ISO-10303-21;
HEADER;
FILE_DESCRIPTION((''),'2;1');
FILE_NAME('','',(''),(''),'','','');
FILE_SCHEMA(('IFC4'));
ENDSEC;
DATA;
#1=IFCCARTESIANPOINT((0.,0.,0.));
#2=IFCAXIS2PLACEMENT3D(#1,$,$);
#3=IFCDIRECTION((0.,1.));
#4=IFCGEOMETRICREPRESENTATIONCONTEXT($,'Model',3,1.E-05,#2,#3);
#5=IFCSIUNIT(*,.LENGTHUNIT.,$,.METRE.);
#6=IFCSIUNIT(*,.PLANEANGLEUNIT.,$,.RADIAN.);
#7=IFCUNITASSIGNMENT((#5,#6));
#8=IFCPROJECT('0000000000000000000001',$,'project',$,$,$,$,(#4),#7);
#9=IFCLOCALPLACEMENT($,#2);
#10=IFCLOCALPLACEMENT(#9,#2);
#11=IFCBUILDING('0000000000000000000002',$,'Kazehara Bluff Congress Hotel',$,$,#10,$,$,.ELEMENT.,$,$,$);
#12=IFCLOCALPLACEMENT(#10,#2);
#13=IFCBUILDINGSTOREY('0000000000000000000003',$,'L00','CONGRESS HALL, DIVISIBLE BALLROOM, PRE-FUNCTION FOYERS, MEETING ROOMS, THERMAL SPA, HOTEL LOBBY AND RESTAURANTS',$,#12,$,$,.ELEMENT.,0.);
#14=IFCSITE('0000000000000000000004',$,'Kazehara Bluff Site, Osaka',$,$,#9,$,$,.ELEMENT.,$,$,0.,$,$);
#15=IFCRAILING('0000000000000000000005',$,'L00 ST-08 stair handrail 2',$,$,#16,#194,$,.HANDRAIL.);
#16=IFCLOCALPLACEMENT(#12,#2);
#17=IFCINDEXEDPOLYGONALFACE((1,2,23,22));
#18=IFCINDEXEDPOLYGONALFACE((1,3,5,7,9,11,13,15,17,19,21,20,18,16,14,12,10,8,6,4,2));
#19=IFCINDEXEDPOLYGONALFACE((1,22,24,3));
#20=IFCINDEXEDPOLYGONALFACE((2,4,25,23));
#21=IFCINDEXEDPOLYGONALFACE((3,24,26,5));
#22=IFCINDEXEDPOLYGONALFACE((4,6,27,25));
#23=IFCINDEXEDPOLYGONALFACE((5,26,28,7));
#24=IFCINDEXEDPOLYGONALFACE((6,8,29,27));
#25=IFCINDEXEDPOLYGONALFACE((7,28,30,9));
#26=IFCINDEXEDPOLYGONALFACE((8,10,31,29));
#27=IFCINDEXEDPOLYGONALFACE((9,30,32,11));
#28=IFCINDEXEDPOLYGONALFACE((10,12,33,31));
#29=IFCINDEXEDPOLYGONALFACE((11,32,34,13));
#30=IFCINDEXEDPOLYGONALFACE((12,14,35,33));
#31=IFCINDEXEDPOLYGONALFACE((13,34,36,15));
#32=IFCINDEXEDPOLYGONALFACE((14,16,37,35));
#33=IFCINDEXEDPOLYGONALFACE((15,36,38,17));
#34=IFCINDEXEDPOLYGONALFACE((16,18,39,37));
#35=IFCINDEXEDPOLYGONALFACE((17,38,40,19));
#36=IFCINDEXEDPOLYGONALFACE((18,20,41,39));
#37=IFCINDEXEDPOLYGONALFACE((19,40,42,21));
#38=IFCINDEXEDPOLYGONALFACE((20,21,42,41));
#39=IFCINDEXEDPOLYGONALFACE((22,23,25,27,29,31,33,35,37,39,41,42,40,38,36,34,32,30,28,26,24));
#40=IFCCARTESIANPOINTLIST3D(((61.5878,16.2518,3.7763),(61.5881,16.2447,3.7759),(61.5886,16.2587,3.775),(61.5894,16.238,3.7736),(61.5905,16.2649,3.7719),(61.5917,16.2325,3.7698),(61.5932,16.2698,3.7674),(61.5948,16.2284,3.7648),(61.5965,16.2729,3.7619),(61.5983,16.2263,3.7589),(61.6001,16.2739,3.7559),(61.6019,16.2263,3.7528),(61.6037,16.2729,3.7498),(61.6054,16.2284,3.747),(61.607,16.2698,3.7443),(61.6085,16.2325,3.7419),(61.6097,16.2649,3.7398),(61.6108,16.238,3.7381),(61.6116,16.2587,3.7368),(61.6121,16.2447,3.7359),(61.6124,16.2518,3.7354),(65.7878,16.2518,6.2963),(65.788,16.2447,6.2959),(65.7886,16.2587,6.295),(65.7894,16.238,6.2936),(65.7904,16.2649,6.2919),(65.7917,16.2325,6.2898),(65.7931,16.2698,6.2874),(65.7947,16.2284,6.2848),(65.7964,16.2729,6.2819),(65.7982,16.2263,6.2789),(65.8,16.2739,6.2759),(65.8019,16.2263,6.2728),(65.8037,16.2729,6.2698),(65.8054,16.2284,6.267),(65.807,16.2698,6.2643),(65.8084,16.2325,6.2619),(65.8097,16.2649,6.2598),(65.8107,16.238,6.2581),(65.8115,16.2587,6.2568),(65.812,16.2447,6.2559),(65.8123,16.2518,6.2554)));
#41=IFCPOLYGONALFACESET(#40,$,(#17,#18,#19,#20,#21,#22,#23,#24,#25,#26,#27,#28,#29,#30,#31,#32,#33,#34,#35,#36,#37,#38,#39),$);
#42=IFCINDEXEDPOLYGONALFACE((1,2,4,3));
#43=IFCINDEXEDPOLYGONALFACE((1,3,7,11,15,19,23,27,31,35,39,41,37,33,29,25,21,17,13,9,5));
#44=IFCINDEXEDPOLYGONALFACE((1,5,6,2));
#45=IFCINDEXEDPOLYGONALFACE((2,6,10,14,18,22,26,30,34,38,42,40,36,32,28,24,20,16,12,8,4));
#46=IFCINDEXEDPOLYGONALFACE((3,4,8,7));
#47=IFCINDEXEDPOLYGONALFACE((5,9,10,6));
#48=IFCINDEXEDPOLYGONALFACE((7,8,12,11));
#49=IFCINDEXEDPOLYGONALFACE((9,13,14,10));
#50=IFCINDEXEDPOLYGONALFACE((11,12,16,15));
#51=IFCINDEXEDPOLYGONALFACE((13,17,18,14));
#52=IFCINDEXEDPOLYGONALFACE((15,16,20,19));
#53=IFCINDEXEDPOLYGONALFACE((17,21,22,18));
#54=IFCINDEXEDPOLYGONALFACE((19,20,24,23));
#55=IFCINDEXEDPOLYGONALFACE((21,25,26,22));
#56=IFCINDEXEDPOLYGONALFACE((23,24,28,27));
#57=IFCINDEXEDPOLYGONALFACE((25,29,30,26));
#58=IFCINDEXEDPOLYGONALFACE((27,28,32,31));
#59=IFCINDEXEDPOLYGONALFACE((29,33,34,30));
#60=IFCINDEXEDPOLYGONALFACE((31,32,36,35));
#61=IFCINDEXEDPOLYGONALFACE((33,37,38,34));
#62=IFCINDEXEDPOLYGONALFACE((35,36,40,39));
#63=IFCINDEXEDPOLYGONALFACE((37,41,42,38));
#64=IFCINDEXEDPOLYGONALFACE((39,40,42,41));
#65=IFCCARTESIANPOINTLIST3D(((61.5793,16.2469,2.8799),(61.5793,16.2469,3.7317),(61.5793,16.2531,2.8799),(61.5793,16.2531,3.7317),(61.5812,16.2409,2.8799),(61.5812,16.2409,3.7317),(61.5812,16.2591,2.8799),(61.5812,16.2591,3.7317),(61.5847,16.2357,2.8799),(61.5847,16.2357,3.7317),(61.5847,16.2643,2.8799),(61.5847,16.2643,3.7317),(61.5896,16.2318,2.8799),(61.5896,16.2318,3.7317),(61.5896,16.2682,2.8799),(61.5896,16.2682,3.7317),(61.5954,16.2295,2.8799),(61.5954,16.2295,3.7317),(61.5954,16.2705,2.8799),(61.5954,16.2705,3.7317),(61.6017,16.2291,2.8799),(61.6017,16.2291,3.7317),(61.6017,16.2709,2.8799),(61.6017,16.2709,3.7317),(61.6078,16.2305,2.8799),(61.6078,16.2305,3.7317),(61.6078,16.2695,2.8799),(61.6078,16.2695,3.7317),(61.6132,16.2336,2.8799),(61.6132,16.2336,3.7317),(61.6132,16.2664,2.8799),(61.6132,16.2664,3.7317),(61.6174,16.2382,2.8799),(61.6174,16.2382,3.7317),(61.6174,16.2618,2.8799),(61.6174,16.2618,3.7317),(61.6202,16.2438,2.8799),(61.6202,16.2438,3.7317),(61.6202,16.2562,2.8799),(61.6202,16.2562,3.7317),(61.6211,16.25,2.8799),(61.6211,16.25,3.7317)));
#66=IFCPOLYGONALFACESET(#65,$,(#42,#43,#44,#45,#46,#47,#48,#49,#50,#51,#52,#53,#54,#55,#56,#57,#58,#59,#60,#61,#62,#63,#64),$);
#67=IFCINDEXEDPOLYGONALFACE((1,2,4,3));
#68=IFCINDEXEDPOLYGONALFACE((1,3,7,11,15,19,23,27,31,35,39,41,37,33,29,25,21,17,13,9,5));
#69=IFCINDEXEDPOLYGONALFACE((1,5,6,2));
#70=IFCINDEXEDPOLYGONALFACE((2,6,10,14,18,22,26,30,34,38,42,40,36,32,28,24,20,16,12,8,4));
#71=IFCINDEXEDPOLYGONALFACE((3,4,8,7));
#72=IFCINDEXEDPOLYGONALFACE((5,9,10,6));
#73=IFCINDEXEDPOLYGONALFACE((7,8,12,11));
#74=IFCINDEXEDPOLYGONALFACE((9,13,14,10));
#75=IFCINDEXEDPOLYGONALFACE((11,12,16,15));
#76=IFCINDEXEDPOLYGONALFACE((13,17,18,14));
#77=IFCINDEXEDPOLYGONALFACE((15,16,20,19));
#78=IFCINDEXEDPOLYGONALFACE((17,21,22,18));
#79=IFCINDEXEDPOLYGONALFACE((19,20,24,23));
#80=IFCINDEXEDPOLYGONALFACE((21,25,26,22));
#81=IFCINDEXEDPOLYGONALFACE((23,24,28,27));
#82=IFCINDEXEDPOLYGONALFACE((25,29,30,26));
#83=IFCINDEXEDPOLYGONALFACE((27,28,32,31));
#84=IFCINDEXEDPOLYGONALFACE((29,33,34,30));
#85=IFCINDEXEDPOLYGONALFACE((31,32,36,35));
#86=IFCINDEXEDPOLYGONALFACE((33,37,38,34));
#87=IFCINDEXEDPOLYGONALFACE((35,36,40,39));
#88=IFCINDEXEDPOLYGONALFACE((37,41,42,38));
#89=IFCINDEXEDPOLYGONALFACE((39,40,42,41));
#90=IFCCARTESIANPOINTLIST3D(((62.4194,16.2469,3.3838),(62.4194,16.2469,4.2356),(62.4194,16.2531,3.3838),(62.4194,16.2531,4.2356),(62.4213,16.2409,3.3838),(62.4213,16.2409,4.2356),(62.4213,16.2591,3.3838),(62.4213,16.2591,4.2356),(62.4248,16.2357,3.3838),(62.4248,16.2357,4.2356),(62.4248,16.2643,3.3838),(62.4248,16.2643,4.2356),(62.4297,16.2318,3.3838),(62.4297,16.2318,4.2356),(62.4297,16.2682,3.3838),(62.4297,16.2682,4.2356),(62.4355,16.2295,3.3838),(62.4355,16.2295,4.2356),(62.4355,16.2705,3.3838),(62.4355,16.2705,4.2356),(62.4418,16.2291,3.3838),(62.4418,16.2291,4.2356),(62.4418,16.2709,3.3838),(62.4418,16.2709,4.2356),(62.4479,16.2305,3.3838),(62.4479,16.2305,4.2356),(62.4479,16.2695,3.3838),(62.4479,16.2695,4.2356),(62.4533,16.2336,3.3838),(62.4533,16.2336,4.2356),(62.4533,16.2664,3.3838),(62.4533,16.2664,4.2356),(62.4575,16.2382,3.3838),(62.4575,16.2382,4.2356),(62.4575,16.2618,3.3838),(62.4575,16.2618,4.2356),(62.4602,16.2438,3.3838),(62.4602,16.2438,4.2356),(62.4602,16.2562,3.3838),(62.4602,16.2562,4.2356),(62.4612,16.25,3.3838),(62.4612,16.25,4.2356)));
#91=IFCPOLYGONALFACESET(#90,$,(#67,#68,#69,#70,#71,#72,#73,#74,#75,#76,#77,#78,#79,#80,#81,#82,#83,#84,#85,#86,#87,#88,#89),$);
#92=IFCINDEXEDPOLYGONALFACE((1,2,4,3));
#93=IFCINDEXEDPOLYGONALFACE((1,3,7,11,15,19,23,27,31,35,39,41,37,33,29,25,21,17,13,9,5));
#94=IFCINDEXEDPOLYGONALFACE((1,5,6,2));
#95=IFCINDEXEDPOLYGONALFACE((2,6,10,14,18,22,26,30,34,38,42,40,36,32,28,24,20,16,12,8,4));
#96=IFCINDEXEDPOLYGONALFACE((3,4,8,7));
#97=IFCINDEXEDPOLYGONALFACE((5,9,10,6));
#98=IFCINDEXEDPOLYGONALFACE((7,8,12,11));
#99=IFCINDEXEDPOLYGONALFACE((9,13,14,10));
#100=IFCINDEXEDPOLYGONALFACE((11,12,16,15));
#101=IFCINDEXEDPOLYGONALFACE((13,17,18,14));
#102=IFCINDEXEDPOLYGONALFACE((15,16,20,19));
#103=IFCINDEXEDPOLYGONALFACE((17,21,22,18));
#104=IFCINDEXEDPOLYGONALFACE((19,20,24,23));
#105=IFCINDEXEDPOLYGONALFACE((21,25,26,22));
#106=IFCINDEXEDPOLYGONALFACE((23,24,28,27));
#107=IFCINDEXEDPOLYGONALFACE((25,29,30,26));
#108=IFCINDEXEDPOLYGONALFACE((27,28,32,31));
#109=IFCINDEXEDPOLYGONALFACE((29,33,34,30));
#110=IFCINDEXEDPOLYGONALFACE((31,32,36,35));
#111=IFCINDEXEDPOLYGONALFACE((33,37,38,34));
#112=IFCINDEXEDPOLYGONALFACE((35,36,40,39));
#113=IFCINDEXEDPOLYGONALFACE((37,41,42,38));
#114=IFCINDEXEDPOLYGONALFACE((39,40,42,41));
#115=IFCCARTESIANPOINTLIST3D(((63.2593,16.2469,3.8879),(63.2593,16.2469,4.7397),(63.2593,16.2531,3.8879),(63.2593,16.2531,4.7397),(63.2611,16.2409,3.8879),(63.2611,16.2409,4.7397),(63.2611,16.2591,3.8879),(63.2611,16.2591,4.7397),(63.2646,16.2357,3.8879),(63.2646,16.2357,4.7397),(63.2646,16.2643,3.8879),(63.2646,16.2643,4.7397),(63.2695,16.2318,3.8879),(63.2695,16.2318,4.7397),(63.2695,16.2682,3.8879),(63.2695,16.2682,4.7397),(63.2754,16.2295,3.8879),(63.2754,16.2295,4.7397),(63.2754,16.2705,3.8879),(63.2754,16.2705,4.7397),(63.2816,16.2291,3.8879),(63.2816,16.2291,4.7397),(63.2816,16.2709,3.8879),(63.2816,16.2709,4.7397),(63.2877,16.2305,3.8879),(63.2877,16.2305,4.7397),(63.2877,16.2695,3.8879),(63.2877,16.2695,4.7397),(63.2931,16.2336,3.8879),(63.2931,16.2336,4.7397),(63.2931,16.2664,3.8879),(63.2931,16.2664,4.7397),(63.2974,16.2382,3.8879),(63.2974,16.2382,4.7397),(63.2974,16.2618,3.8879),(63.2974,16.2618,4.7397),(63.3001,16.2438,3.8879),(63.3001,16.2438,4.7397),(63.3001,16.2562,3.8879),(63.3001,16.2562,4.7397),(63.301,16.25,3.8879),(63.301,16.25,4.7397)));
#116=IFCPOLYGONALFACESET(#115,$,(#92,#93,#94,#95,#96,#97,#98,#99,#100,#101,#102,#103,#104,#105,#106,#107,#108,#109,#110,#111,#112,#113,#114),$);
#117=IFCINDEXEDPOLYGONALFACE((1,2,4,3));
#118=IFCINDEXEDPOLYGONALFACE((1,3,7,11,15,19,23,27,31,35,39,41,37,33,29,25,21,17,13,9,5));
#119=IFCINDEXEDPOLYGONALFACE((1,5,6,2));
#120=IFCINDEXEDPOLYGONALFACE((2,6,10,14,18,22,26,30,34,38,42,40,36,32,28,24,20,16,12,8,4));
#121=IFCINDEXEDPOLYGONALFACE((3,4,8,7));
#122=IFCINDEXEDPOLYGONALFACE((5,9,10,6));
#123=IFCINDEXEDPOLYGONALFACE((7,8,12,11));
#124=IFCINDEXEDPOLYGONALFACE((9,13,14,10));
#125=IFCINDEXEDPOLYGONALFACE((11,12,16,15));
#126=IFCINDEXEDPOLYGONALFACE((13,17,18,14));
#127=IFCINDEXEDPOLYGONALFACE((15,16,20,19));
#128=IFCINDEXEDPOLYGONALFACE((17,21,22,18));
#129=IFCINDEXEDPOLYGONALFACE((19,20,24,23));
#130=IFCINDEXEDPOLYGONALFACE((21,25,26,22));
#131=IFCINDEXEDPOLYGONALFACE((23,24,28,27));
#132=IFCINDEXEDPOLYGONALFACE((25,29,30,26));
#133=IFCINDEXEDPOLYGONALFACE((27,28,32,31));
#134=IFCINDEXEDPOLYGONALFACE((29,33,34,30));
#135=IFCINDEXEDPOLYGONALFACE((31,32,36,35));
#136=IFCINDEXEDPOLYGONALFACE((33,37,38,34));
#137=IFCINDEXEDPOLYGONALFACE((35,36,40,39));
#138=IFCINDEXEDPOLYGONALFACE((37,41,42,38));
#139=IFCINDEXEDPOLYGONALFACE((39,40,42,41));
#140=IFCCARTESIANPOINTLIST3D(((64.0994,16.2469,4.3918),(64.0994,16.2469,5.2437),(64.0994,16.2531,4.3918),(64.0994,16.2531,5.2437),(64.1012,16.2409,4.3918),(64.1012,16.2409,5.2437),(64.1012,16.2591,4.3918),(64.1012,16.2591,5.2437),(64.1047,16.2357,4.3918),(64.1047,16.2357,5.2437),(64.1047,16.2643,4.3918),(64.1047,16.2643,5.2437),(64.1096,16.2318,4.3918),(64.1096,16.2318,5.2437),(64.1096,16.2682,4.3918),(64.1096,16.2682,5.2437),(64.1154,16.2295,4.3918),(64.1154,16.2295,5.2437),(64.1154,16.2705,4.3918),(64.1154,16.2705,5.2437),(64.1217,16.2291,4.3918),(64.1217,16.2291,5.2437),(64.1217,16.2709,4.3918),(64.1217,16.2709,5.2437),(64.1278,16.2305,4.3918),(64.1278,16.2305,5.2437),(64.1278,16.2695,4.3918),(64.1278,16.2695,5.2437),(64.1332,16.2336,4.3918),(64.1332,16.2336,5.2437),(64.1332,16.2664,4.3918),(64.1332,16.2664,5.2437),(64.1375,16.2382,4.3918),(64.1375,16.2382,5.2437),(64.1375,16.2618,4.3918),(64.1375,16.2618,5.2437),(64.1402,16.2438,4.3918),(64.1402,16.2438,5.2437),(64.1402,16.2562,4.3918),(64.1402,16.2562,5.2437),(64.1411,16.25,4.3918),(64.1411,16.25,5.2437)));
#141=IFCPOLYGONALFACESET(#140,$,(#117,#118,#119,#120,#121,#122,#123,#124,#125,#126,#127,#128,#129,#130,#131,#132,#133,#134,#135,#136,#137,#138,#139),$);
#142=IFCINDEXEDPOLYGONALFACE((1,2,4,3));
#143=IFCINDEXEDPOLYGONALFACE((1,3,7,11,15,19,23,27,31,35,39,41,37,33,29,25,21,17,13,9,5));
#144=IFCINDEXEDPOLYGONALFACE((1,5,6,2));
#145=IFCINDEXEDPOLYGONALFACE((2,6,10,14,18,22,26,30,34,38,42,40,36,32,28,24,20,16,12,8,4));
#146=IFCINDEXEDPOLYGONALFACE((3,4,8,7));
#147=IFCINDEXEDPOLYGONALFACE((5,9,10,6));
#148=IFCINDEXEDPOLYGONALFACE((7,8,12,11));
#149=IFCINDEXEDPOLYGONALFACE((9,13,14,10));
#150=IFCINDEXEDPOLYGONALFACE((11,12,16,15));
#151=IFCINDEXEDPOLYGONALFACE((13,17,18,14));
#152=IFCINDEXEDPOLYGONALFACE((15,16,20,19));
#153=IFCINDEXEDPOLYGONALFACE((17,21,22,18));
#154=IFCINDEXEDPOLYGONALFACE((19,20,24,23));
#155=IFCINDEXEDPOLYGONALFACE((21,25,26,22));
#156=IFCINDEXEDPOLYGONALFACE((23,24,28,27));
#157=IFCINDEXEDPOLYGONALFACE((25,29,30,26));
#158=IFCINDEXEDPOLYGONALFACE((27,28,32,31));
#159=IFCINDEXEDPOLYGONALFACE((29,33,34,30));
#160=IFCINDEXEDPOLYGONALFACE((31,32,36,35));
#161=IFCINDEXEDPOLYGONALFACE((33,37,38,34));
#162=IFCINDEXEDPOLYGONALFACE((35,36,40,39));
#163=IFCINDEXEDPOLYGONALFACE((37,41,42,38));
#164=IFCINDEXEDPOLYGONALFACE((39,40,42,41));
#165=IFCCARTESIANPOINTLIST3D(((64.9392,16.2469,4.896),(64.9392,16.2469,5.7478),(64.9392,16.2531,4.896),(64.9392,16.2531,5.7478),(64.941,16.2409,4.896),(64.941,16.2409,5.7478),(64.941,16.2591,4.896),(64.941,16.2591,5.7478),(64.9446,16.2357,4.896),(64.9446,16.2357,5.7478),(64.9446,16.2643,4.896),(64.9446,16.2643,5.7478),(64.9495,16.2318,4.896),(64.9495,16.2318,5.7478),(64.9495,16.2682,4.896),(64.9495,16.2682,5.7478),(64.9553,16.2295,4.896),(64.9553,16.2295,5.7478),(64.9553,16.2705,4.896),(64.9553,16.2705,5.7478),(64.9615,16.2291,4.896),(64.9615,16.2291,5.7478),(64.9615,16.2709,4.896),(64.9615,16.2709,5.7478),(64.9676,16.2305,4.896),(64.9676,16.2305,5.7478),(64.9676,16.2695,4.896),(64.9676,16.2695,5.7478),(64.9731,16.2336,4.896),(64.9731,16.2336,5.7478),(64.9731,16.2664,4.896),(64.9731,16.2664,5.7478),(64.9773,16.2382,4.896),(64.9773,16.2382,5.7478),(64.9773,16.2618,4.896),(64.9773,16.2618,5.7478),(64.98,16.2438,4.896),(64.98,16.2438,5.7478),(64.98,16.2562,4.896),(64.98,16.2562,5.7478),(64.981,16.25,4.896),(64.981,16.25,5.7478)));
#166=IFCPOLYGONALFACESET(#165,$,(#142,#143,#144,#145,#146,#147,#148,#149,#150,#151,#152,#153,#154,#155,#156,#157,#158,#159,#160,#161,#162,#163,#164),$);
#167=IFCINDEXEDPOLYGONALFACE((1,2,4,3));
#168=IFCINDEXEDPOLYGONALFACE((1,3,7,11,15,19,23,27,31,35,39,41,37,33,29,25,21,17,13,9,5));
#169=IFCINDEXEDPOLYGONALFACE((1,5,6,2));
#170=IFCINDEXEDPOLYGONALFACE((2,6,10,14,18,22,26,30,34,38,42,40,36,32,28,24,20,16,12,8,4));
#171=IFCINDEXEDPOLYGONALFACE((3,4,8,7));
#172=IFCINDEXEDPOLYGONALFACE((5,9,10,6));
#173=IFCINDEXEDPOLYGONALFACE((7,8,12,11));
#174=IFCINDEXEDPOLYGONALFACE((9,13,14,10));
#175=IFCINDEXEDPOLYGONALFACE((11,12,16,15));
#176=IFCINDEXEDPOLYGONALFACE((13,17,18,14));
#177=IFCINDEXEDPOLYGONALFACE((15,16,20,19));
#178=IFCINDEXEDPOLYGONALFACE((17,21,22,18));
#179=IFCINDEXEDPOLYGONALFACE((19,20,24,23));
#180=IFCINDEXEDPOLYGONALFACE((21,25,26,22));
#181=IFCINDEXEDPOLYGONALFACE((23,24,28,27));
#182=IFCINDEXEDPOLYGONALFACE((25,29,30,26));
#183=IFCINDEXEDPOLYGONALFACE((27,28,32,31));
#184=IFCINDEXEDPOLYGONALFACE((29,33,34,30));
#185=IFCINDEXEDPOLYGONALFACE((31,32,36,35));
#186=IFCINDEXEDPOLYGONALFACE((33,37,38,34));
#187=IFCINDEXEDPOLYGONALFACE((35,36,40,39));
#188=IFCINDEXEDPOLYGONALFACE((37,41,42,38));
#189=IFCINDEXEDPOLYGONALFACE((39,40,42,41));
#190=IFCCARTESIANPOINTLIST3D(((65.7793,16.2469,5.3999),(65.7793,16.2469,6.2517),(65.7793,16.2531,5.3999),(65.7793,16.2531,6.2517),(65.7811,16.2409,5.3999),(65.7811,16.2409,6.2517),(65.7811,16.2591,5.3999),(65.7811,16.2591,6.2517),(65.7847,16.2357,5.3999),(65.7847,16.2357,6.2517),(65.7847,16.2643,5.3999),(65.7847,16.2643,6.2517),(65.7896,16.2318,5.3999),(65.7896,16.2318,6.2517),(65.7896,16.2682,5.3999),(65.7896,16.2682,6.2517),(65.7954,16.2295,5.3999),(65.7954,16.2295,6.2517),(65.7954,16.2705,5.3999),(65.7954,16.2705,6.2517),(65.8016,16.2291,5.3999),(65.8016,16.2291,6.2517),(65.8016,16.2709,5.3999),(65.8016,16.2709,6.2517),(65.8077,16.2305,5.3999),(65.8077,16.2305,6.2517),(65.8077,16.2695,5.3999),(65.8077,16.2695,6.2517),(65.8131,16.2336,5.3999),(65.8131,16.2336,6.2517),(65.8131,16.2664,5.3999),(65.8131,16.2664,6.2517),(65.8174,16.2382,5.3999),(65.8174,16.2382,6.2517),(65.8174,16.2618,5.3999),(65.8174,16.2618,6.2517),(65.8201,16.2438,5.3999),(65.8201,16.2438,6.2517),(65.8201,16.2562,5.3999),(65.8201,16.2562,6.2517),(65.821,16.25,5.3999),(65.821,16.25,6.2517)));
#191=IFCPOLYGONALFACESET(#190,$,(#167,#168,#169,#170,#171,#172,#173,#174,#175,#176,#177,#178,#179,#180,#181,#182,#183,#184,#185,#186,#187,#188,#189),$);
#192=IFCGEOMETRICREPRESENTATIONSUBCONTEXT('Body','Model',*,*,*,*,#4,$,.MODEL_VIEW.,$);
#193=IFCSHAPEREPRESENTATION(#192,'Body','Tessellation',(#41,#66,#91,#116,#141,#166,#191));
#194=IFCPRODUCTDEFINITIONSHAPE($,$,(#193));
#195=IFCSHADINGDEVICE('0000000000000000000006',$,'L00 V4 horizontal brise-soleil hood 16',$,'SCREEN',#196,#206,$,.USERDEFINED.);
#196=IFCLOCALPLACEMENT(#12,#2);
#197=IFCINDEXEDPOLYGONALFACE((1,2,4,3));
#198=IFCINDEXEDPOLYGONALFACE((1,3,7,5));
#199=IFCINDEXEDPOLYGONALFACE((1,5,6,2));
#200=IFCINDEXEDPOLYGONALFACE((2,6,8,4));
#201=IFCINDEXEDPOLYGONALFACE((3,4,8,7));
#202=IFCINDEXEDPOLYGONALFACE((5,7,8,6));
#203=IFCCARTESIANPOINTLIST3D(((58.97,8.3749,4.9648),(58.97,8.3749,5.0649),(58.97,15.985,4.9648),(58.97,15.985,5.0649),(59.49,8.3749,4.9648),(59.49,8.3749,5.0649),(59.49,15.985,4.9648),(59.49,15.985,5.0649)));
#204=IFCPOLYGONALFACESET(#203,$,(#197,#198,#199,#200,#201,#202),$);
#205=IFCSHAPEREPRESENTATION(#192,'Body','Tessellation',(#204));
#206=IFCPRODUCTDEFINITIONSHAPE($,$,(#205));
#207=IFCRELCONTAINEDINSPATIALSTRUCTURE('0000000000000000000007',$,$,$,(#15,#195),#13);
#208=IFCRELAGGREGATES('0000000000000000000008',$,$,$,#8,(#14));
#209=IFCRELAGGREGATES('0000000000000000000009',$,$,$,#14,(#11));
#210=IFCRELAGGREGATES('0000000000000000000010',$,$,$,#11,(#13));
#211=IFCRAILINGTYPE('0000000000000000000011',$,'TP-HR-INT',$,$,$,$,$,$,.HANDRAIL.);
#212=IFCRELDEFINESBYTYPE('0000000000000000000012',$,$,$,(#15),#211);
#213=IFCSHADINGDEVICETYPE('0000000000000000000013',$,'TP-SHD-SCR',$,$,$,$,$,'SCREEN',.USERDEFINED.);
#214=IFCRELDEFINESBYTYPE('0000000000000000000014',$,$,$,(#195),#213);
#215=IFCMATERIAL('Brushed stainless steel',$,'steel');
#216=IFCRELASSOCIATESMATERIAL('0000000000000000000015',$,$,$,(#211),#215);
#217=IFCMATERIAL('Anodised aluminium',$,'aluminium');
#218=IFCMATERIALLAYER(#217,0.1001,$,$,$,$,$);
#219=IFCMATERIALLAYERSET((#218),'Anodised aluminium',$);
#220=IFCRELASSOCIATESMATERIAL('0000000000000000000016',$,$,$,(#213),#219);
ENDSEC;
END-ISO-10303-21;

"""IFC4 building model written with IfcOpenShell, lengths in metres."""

from ifc_helpers import new_model, si_unit, direction, frame, origin, origin_2d, place, context, subcontext, project, spatial, rectangle, circle, extrude, material, layer, layer_set, type_object, element, save


model = new_model("IFC4")

# Units and contexts
model_context = context("Model", 3, precision=1e-05, world=origin(), true_north=direction((0.0, 1.0)))
body_context = subcontext(model_context, "Body", "Model", "MODEL_VIEW")
ifc_project = project(units=[si_unit("LENGTHUNIT", "METRE"), si_unit("PLANEANGLEUNIT", "RADIAN")], contexts=[model_context])

# Site, building, storey
site_placement = place(None, origin())
site = spatial("IfcSite", under=ifc_project, at=site_placement, Name="Kazehara Bluff Site, Osaka", CompositionType="ELEMENT", RefElevation=0.0)
building_placement = place(site_placement, origin())
building = spatial("IfcBuilding", under=site, at=building_placement, Name="Kazehara Bluff Congress Hotel", CompositionType="ELEMENT")
storey_placement = place(building_placement, origin())
storey = spatial("IfcBuildingStorey", under=building, at=storey_placement, Name="L00", Description="CONGRESS HALL, DIVISIBLE BALLROOM, PRE-FUNCTION FOYERS, MEETING ROOMS, THERMAL SPA, HOTEL LOBBY AND RESTAURANTS", CompositionType="ELEMENT", Elevation=0.0)

# Railing
ifc_material_1 = material(Name="Brushed stainless steel", Category="steel")
railing_type = type_object("IfcRailingType", Name="TP-HR-INT", PredefinedType="HANDRAIL", material=ifc_material_1)
railing_placement = place(storey_placement, frame((61.6001, 16.25, 2.8799)))
element("IfcRailing", 1, at=railing_placement, inside=storey, type_object=railing_type, Name="L00 ST-08 stair handrail 2", PredefinedType="HANDRAIL", context=body_context, shape_type="SweptSolid", body=[
    extrude(circle(Radius=0.0239, at=origin_2d()), frame((0.0, 0.0, 0.876), z_axis=(0.857489, 0.0, 0.514503), x_axis=(0.0, 1.0, 0.0)), (0.0, 0.0, 1.0), 4.8979),
    extrude(circle(Radius=0.021, at=origin_2d()), origin(), (0.0, 0.0, 1.0), 0.8518),
    extrude(circle(Radius=0.021, at=origin_2d()), frame((0.8401, 0.0, 0.5039)), (0.0, 0.0, 1.0), 0.8518),
    extrude(circle(Radius=0.021, at=origin_2d()), frame((1.6799, 0.0, 1.0081)), (0.0, 0.0, 1.0), 0.8518),
    extrude(circle(Radius=0.021, at=origin_2d()), frame((2.52, 0.0, 1.512)), (0.0, 0.0, 1.0), 0.8518),
    extrude(circle(Radius=0.021, at=origin_2d()), frame((3.3599, 0.0, 2.0161)), (0.0, 0.0, 1.0), 0.8518),
    extrude(circle(Radius=0.021, at=origin_2d()), frame((4.2, 0.0, 2.52)), (0.0, 0.0, 1.0), 0.8518),
])

# Shading device
ifc_material_2 = material(Name="Anodised aluminium", Category="aluminium")
ifc_layer_1 = layer(ifc_material_2, 0.1001)
ifc_layer_set_1 = layer_set([ifc_layer_1], Name="Anodised aluminium")
shading_device_type = type_object("IfcShadingDeviceType", Name="TP-SHD-SCR", ElementType="SCREEN", PredefinedType="USERDEFINED", material=ifc_layer_set_1)
shading_device_placement = place(storey_placement, frame((59.23, 12.1799, 4.9648), z_axis=(0.0, 0.0, 1.0), x_axis=(1.0, 0.0, 0.0)))
element("IfcShadingDevice", 2, at=shading_device_placement, inside=storey, type_object=shading_device_type, Name="L00 V4 horizontal brise-soleil hood 16", ObjectType="SCREEN", PredefinedType="USERDEFINED", context=body_context, shape_type="SweptSolid", body=[
    extrude(rectangle(XDim=0.52, YDim=7.6101, at=origin_2d()), origin(), (0.0, 0.0, 1.0), 0.1001),
])

save(model, "model.ifc")
